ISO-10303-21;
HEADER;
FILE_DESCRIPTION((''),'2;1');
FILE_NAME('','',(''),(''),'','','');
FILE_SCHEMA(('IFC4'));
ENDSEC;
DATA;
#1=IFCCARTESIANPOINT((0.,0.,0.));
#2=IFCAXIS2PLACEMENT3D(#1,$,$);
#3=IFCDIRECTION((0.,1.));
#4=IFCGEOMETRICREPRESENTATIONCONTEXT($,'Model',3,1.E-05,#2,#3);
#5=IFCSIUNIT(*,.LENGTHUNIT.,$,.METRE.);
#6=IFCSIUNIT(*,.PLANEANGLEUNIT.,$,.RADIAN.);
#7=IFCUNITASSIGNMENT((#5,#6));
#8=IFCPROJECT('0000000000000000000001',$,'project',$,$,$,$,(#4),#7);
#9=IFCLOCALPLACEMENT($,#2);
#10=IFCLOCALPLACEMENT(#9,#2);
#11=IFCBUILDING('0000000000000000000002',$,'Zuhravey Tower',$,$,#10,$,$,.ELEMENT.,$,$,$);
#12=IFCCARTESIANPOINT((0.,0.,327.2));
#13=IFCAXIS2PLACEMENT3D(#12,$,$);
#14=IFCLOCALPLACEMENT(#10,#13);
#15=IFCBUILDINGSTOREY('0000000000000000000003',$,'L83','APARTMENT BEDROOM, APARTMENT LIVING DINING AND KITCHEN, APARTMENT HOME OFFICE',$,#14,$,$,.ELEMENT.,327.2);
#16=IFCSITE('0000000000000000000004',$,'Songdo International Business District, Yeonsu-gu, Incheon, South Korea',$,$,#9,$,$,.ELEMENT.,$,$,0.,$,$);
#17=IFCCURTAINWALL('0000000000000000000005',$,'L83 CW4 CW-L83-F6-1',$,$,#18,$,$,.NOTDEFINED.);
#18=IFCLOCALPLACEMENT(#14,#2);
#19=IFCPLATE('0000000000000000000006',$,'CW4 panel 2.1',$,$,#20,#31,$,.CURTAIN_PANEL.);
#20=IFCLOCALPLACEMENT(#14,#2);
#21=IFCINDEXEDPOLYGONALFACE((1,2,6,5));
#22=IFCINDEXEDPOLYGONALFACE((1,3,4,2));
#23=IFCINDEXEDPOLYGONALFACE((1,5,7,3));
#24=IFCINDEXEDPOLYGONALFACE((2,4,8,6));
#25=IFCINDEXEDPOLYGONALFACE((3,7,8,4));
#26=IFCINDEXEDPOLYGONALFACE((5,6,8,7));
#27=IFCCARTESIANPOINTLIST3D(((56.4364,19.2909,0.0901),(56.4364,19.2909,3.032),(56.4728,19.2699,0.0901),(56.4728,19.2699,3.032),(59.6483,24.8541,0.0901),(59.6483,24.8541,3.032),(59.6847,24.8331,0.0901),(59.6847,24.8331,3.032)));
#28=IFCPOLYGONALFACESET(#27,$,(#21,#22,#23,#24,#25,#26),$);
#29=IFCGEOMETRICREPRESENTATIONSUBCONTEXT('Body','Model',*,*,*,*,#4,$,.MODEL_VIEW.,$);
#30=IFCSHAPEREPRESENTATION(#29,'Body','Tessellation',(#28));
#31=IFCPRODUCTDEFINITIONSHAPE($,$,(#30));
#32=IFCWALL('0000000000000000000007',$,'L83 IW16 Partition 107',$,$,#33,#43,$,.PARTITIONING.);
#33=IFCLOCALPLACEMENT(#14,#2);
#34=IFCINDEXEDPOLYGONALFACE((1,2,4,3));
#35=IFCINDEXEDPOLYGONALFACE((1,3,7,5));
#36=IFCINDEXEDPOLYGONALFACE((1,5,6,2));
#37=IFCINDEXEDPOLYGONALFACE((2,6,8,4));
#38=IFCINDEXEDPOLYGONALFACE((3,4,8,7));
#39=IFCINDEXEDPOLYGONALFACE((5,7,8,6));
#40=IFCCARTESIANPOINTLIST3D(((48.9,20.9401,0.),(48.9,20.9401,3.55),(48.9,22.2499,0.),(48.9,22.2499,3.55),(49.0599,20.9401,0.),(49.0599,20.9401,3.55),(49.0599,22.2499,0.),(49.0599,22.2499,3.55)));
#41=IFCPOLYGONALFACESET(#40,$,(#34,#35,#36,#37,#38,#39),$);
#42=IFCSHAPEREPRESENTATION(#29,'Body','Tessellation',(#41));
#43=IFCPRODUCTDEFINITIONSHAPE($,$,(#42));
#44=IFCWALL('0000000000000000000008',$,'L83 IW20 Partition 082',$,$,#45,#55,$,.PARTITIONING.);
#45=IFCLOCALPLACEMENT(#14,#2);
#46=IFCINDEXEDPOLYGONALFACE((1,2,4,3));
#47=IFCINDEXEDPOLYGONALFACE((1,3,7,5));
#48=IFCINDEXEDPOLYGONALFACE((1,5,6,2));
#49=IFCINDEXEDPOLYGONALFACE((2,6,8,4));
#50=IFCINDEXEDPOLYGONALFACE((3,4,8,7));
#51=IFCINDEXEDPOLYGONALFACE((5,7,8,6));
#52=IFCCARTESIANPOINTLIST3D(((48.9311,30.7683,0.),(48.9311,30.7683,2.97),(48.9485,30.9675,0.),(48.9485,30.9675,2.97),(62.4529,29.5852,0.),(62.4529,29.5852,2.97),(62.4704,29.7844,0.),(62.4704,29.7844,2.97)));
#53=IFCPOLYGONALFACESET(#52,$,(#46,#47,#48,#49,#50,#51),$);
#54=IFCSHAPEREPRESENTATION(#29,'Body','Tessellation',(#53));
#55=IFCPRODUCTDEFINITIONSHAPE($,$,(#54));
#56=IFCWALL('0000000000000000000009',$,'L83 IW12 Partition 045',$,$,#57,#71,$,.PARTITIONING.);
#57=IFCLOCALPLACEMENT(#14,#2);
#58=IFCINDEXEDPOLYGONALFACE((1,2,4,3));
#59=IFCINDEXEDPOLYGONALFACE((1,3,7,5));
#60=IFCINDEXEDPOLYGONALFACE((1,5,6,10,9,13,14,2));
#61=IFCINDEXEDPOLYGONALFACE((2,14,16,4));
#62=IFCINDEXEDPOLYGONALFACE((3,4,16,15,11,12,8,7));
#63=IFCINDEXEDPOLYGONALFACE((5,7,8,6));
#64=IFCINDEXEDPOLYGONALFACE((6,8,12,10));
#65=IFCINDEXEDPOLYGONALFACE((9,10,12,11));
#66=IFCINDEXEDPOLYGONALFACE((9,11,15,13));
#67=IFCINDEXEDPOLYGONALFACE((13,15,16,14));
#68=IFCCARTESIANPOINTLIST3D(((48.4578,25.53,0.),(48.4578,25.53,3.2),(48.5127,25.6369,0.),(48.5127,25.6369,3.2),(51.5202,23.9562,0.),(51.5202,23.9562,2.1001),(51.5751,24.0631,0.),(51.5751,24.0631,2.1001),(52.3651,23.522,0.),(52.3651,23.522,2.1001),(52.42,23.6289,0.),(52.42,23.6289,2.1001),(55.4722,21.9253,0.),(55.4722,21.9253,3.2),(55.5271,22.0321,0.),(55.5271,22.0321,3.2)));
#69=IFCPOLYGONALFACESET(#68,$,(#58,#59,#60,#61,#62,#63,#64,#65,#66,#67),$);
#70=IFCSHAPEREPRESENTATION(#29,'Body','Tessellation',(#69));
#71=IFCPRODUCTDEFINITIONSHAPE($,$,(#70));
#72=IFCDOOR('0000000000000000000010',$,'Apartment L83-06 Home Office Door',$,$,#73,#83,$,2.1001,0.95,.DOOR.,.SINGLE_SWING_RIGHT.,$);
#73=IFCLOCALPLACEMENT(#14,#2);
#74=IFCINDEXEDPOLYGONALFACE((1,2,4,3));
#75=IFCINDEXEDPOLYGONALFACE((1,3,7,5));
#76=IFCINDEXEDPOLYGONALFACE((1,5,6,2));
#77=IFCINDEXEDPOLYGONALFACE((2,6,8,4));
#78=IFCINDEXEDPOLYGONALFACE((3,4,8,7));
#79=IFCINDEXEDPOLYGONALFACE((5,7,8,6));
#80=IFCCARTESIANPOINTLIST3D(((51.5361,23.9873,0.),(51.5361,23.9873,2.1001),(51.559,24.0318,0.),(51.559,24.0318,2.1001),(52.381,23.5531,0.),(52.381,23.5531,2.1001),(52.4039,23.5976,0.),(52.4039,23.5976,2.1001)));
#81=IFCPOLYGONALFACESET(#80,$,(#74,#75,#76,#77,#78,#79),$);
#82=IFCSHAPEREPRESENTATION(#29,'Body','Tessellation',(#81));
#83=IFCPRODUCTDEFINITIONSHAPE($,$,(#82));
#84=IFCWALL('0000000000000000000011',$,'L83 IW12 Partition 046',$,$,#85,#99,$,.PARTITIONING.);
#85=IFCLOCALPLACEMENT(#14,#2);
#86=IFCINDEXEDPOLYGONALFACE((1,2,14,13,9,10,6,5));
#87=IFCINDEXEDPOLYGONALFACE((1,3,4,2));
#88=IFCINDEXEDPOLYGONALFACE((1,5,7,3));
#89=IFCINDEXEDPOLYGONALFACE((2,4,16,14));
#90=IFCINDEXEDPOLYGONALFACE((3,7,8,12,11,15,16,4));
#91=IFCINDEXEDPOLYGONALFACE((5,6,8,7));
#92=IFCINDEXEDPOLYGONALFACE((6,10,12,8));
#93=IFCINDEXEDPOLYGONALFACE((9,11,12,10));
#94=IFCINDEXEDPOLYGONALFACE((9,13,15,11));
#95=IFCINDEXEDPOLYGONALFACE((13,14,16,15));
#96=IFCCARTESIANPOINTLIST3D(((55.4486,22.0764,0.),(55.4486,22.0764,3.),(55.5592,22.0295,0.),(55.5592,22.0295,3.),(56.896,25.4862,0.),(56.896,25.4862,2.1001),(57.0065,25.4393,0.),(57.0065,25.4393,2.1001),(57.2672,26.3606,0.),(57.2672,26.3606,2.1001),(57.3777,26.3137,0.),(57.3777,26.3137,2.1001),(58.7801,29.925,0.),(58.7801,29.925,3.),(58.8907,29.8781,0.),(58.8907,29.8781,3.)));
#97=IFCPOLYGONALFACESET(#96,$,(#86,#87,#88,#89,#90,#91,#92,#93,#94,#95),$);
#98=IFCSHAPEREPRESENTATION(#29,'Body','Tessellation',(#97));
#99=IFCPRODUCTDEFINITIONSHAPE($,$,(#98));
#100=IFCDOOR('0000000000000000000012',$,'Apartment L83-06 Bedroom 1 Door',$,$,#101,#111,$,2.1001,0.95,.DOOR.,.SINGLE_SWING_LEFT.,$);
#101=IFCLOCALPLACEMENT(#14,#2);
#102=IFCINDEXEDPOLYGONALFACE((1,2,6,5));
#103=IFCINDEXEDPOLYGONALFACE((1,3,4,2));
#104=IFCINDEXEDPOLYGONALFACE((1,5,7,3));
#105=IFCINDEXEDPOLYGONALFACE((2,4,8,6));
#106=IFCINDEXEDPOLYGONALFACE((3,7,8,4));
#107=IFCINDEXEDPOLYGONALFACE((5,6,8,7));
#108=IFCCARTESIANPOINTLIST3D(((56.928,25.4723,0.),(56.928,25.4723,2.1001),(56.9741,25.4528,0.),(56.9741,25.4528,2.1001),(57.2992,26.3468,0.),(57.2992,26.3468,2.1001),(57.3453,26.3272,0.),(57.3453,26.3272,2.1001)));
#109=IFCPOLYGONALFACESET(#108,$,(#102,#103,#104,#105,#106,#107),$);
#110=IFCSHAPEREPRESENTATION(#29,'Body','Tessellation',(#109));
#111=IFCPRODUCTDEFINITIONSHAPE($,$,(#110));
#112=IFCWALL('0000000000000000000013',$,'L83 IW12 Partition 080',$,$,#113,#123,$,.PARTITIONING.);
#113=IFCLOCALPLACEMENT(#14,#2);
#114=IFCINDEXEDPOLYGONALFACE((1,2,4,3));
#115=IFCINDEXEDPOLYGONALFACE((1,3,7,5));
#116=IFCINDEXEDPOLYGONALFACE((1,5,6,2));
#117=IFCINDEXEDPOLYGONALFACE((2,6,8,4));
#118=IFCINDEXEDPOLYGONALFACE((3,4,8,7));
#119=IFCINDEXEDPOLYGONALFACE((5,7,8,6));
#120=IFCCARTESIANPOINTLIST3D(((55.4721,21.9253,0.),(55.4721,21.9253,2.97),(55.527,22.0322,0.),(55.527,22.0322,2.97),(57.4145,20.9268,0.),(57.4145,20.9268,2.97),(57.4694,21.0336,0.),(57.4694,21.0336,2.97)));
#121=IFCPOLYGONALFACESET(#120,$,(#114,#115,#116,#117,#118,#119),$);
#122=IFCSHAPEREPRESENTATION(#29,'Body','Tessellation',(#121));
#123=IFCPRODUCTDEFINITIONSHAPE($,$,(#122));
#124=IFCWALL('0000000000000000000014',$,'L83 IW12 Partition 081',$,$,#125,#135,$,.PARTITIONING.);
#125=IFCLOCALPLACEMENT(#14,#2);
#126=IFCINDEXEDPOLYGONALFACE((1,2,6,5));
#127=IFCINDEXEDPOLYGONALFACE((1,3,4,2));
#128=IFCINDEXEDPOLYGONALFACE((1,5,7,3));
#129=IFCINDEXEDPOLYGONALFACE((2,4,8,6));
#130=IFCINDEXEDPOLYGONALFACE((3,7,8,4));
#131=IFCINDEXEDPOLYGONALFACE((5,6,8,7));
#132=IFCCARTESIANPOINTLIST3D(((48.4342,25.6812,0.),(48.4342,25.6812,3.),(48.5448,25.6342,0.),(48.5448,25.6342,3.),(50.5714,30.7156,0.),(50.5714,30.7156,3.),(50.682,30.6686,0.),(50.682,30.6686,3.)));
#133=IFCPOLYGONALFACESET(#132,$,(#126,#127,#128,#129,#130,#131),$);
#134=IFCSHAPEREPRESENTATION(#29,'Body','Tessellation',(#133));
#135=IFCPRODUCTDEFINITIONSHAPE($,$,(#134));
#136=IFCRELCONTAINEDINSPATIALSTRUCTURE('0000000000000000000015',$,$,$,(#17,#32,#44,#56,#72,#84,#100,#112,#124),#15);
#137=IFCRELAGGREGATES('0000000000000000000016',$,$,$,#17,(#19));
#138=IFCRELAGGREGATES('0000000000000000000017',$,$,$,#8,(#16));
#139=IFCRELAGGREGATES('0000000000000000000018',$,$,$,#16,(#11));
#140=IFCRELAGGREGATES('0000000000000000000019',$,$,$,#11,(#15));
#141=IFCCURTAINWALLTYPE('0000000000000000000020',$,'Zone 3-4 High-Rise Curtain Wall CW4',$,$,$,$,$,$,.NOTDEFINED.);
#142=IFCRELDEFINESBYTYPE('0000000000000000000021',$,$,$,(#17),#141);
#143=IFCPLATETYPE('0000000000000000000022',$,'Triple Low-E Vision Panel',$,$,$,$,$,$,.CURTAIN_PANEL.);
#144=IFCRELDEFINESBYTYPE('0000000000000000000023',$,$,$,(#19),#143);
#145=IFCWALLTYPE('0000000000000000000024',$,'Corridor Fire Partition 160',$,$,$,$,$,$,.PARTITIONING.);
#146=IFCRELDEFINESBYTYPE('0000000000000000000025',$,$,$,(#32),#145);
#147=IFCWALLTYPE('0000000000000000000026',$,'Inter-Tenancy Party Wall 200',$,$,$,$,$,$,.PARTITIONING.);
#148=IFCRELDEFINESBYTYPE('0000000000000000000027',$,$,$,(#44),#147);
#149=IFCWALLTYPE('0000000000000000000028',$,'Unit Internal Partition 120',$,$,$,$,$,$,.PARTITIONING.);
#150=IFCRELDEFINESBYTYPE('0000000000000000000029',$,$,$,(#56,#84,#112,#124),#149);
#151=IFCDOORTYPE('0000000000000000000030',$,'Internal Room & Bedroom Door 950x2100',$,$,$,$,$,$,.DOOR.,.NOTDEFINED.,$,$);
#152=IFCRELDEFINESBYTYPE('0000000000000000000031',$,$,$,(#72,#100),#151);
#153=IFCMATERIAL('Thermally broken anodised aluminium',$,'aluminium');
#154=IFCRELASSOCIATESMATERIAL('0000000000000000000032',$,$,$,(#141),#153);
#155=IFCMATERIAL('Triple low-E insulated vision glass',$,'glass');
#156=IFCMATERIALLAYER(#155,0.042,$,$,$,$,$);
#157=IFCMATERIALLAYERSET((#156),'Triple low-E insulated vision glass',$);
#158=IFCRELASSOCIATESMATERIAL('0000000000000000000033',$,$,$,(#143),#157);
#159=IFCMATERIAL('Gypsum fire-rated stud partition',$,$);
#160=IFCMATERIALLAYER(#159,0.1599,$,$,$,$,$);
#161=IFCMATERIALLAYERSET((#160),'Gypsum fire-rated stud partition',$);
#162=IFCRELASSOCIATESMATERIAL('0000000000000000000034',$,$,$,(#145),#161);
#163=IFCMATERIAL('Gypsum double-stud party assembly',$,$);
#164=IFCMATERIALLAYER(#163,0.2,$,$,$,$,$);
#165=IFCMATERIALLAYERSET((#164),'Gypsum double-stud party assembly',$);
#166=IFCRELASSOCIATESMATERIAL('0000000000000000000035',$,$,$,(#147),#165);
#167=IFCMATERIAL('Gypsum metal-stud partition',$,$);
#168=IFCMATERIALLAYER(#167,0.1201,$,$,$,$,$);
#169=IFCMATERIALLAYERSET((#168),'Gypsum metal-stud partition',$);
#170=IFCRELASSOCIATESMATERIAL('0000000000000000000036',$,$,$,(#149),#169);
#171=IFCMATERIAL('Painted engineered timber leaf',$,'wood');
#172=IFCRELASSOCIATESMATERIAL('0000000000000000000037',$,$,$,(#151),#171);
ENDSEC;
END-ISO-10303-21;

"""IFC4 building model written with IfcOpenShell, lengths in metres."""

from ifc_helpers import new_model, si_unit, direction, frame, frame_2d, origin, origin_2d, place, context, subcontext, project, spatial, rectangle, extrude, material, layer, layer_set, type_object, element, fill, aggregate, save


model = new_model("IFC4")

# Units and contexts
model_context = context("Model", 3, precision=1e-05, world=origin(), true_north=direction((0.0, 1.0)))
body_context = subcontext(model_context, "Body", "Model", "MODEL_VIEW")
ifc_project = project(units=[si_unit("LENGTHUNIT", "METRE"), si_unit("PLANEANGLEUNIT", "RADIAN")], contexts=[model_context])

# Site, building, storey
site_placement = place(None, origin())
site = spatial("IfcSite", under=ifc_project, at=site_placement, Name="Songdo International Business District, Yeonsu-gu, Incheon, South Korea", CompositionType="ELEMENT", RefElevation=0.0)
building_placement = place(site_placement, origin())
building = spatial("IfcBuilding", under=site, at=building_placement, Name="Zuhravey Tower", CompositionType="ELEMENT")
storey_placement = place(building_placement, frame((0.0, 0.0, 327.2)))
storey = spatial("IfcBuildingStorey", under=building, at=storey_placement, Name="L83", Description="APARTMENT BEDROOM, APARTMENT LIVING DINING AND KITCHEN, APARTMENT HOME OFFICE", CompositionType="ELEMENT", Elevation=327.2)

# Curtain wall
ifc_material_1 = material(Name="Thermally broken anodised aluminium", Category="aluminium")
curtain_wall_type = type_object("IfcCurtainWallType", Name="Zone 3-4 High-Rise Curtain Wall CW4", PredefinedType="NOTDEFINED", material=ifc_material_1)
curtain_wall_placement = place(storey_placement, origin())
curtain_wall = element("IfcCurtainWall", 1, at=curtain_wall_placement, inside=storey, type_object=curtain_wall_type, Name="L83 CW4 CW-L83-F6-1", PredefinedType="NOTDEFINED")

# Plate
ifc_material_2 = material(Name="Triple low-E insulated vision glass", Category="glass")
ifc_layer_1 = layer(ifc_material_2, 0.042)
ifc_layer_set_1 = layer_set([ifc_layer_1], Name="Triple low-E insulated vision glass")
plate_type = type_object("IfcPlateType", Name="Triple Low-E Vision Panel", PredefinedType="CURTAIN_PANEL", material=ifc_layer_set_1)
plate_1_placement = place(storey_placement, frame((58.0605, 22.062, 0.0901), z_axis=(0.0, 0.0, 1.0), x_axis=(-0.499997, -0.866027, 0.0)))
plate_1 = element("IfcPlate", 2, at=plate_1_placement, type_object=plate_type, Name="CW4 panel 2.1", PredefinedType="CURTAIN_PANEL", context=body_context, shape_type="SweptSolid", body=[
    extrude(rectangle(XDim=6.4238, YDim=0.042, at=origin_2d()), origin(), (0.0, 0.0, 1.0), 2.9419),
])
aggregate(curtain_wall, [plate_1])

# Shared definitions
ifc_material_3 = material(Name="Gypsum fire-rated stud partition")
ifc_layer_2 = layer(ifc_material_3, 0.1599)
ifc_layer_set_2 = layer_set([ifc_layer_2], Name="Gypsum fire-rated stud partition")
wall_type_1 = type_object("IfcWallType", Name="Corridor Fire Partition 160", PredefinedType="PARTITIONING", material=ifc_layer_set_2)

# Walls
wall_1_placement = place(storey_placement, frame((48.98, 20.9402, 0.0), z_axis=(0.0, 0.0, 1.0), x_axis=(0.0, 1.0, 0.0)))
element("IfcWall", 3, at=wall_1_placement, inside=storey, type_object=wall_type_1, Name="L83 IW16 Partition 107", PredefinedType="PARTITIONING", context=body_context, shape_type="SweptSolid", body=[
    extrude(rectangle(XDim=1.3098, YDim=0.1599, at=frame_2d((0.6548, 0.0))), origin(), (0.0, 0.0, 1.0), 3.55),
])
ifc_material_4 = material(Name="Gypsum double-stud party assembly")
ifc_layer_3 = layer(ifc_material_4, 0.2)
ifc_layer_set_3 = layer_set([ifc_layer_3], Name="Gypsum double-stud party assembly")
wall_type_2 = type_object("IfcWallType", Name="Inter-Tenancy Party Wall 200", PredefinedType="PARTITIONING", material=ifc_layer_set_3)
wall_2_placement = place(storey_placement, frame((48.9399, 30.8679, 0.0), z_axis=(0.0, 0.0, 1.0), x_axis=(0.996194, -0.087164, 0.0)))
element("IfcWall", 4, at=wall_2_placement, inside=storey, type_object=wall_type_2, Name="L83 IW20 Partition 082", PredefinedType="PARTITIONING", context=body_context, shape_type="SweptSolid", body=[
    extrude(rectangle(XDim=13.5735, YDim=0.2, at=frame_2d((6.7866, 0.0))), origin(), (0.0, 0.0, 1.0), 2.97),
])

# Walls, openings, doors
ifc_material_5 = material(Name="Gypsum metal-stud partition")
ifc_layer_4 = layer(ifc_material_5, 0.1201)
ifc_layer_set_4 = layer_set([ifc_layer_4], Name="Gypsum metal-stud partition")
wall_type_3 = type_object("IfcWallType", Name="Unit Internal Partition 120", PredefinedType="PARTITIONING", material=ifc_layer_set_4)
wall_3_placement = place(storey_placement, frame((48.4851, 25.5835, 0.0), z_axis=(0.0, 0.0, 1.0), x_axis=(0.889426, -0.45708, 0.0)))
wall_3 = element("IfcWall", 5, at=wall_3_placement, inside=storey, type_object=wall_type_3, Name="L83 IW12 Partition 045", PredefinedType="PARTITIONING", context=body_context, shape_type="SweptSolid", body=[
    extrude(rectangle(XDim=7.8865, YDim=0.1201, at=frame_2d((3.9434, 0.0))), origin(), (0.0, 0.0, 1.0), 3.2),
])
opening_1_placement = place(wall_3_placement, frame((3.4431, 0.0, 0.0)))
opening_1 = element("IfcOpeningElement", 6, at=opening_1_placement, cuts=wall_3, PredefinedType="OPENING", context=body_context, shape_type="SweptSolid", body=[
    extrude(rectangle(XDim=0.95, YDim=2.1001, at=frame_2d((0.4751, 1.05))), frame((0.0, 0.072, 0.0), z_axis=(0.0, -1.0, 0.0), x_axis=(1.0, 0.0, 0.0)), (0.0, 0.0, 1.0), 0.144),
])
ifc_material_6 = material(Name="Painted engineered timber leaf", Category="wood")
door_type_1 = type_object("IfcDoorType", Name="Internal Room & Bedroom Door 950x2100", OperationType="NOTDEFINED", PredefinedType="DOOR", material=ifc_material_6)
door_1_placement = place(opening_1_placement, origin())
door_1 = element("IfcDoor", 7, at=door_1_placement, inside=storey, type_object=door_type_1, Name="Apartment L83-06 Home Office Door", OperationType="SINGLE_SWING_RIGHT", OverallHeight=2.1001, OverallWidth=0.95, PredefinedType="DOOR", context=body_context, shape_type="SweptSolid", body=[
    extrude(rectangle(XDim=0.95, YDim=2.1001, at=frame_2d((0.4751, 1.05))), frame((0.0, 0.0249, 0.0), z_axis=(0.0, -1.0, 0.0), x_axis=(1.0, 0.0, 0.0)), (0.0, 0.0, 1.0), 0.05),
])
fill(opening_1, door_1)
wall_4_placement = place(storey_placement, frame((55.5039, 22.053, 0.0), z_axis=(0.0, 0.0, 1.0), x_axis=(0.390731, 0.920505, 0.0)))
wall_4 = element("IfcWall", 8, at=wall_4_placement, inside=storey, type_object=wall_type_3, Name="L83 IW12 Partition 046", PredefinedType="PARTITIONING", context=body_context, shape_type="SweptSolid", body=[
    extrude(rectangle(XDim=8.5264, YDim=0.1201, at=frame_2d((4.2632, 0.0))), origin(), (0.0, 0.0, 1.0), 3.0),
])
opening_2_placement = place(wall_4_placement, frame((3.7041, 0.0, 0.0)))
opening_2 = element("IfcOpeningElement", 9, at=opening_2_placement, cuts=wall_4, PredefinedType="OPENING", context=body_context, shape_type="SweptSolid", body=[
    extrude(rectangle(XDim=0.95, YDim=2.1001, at=frame_2d((0.4751, 1.05))), frame((0.0, 0.072, 0.0), z_axis=(0.0, -1.0, 0.0), x_axis=(1.0, 0.0, 0.0)), (0.0, 0.0, 1.0), 0.144),
])
door_2_placement = place(opening_2_placement, frame((0.95, 0.0, 0.0), z_axis=(0.0, 0.0, 1.0), x_axis=(-1.0, 0.0, 0.0)))
door_2 = element("IfcDoor", 10, at=door_2_placement, inside=storey, type_object=door_type_1, Name="Apartment L83-06 Bedroom 1 Door", OperationType="SINGLE_SWING_LEFT", OverallHeight=2.1001, OverallWidth=0.95, PredefinedType="DOOR", context=body_context, shape_type="SweptSolid", body=[
    extrude(rectangle(XDim=0.95, YDim=2.1001, at=frame_2d((0.4751, 1.05))), frame((0.0, 0.0249, 0.0), z_axis=(0.0, -1.0, 0.0), x_axis=(1.0, 0.0, 0.0)), (0.0, 0.0, 1.0), 0.05),
])
fill(opening_2, door_2)

# Walls
wall_5_placement = place(storey_placement, frame((55.4995, 21.9788, 0.0), z_axis=(0.0, 0.0, 1.0), x_axis=(0.889363, -0.457202, 0.0)))
element("IfcWall", 11, at=wall_5_placement, inside=storey, type_object=wall_type_3, Name="L83 IW12 Partition 080", PredefinedType="PARTITIONING", context=body_context, shape_type="SweptSolid", body=[
    extrude(rectangle(XDim=2.1841, YDim=0.1201, at=frame_2d((1.092, 0.0))), origin(), (0.0, 0.0, 1.0), 2.97),
])
wall_6_placement = place(storey_placement, frame((48.4895, 25.6577, 0.0), z_axis=(0.0, 0.0, 1.0), x_axis=(0.390765, 0.92049, 0.0)))
element("IfcWall", 12, at=wall_6_placement, inside=storey, type_object=wall_type_3, Name="L83 IW12 Partition 081", PredefinedType="PARTITIONING", context=body_context, shape_type="SweptSolid", body=[
    extrude(rectangle(XDim=5.4692, YDim=0.1201, at=frame_2d((2.7346, 0.0))), origin(), (0.0, 0.0, 1.0), 3.0),
])

save(model, "model.ifc")
